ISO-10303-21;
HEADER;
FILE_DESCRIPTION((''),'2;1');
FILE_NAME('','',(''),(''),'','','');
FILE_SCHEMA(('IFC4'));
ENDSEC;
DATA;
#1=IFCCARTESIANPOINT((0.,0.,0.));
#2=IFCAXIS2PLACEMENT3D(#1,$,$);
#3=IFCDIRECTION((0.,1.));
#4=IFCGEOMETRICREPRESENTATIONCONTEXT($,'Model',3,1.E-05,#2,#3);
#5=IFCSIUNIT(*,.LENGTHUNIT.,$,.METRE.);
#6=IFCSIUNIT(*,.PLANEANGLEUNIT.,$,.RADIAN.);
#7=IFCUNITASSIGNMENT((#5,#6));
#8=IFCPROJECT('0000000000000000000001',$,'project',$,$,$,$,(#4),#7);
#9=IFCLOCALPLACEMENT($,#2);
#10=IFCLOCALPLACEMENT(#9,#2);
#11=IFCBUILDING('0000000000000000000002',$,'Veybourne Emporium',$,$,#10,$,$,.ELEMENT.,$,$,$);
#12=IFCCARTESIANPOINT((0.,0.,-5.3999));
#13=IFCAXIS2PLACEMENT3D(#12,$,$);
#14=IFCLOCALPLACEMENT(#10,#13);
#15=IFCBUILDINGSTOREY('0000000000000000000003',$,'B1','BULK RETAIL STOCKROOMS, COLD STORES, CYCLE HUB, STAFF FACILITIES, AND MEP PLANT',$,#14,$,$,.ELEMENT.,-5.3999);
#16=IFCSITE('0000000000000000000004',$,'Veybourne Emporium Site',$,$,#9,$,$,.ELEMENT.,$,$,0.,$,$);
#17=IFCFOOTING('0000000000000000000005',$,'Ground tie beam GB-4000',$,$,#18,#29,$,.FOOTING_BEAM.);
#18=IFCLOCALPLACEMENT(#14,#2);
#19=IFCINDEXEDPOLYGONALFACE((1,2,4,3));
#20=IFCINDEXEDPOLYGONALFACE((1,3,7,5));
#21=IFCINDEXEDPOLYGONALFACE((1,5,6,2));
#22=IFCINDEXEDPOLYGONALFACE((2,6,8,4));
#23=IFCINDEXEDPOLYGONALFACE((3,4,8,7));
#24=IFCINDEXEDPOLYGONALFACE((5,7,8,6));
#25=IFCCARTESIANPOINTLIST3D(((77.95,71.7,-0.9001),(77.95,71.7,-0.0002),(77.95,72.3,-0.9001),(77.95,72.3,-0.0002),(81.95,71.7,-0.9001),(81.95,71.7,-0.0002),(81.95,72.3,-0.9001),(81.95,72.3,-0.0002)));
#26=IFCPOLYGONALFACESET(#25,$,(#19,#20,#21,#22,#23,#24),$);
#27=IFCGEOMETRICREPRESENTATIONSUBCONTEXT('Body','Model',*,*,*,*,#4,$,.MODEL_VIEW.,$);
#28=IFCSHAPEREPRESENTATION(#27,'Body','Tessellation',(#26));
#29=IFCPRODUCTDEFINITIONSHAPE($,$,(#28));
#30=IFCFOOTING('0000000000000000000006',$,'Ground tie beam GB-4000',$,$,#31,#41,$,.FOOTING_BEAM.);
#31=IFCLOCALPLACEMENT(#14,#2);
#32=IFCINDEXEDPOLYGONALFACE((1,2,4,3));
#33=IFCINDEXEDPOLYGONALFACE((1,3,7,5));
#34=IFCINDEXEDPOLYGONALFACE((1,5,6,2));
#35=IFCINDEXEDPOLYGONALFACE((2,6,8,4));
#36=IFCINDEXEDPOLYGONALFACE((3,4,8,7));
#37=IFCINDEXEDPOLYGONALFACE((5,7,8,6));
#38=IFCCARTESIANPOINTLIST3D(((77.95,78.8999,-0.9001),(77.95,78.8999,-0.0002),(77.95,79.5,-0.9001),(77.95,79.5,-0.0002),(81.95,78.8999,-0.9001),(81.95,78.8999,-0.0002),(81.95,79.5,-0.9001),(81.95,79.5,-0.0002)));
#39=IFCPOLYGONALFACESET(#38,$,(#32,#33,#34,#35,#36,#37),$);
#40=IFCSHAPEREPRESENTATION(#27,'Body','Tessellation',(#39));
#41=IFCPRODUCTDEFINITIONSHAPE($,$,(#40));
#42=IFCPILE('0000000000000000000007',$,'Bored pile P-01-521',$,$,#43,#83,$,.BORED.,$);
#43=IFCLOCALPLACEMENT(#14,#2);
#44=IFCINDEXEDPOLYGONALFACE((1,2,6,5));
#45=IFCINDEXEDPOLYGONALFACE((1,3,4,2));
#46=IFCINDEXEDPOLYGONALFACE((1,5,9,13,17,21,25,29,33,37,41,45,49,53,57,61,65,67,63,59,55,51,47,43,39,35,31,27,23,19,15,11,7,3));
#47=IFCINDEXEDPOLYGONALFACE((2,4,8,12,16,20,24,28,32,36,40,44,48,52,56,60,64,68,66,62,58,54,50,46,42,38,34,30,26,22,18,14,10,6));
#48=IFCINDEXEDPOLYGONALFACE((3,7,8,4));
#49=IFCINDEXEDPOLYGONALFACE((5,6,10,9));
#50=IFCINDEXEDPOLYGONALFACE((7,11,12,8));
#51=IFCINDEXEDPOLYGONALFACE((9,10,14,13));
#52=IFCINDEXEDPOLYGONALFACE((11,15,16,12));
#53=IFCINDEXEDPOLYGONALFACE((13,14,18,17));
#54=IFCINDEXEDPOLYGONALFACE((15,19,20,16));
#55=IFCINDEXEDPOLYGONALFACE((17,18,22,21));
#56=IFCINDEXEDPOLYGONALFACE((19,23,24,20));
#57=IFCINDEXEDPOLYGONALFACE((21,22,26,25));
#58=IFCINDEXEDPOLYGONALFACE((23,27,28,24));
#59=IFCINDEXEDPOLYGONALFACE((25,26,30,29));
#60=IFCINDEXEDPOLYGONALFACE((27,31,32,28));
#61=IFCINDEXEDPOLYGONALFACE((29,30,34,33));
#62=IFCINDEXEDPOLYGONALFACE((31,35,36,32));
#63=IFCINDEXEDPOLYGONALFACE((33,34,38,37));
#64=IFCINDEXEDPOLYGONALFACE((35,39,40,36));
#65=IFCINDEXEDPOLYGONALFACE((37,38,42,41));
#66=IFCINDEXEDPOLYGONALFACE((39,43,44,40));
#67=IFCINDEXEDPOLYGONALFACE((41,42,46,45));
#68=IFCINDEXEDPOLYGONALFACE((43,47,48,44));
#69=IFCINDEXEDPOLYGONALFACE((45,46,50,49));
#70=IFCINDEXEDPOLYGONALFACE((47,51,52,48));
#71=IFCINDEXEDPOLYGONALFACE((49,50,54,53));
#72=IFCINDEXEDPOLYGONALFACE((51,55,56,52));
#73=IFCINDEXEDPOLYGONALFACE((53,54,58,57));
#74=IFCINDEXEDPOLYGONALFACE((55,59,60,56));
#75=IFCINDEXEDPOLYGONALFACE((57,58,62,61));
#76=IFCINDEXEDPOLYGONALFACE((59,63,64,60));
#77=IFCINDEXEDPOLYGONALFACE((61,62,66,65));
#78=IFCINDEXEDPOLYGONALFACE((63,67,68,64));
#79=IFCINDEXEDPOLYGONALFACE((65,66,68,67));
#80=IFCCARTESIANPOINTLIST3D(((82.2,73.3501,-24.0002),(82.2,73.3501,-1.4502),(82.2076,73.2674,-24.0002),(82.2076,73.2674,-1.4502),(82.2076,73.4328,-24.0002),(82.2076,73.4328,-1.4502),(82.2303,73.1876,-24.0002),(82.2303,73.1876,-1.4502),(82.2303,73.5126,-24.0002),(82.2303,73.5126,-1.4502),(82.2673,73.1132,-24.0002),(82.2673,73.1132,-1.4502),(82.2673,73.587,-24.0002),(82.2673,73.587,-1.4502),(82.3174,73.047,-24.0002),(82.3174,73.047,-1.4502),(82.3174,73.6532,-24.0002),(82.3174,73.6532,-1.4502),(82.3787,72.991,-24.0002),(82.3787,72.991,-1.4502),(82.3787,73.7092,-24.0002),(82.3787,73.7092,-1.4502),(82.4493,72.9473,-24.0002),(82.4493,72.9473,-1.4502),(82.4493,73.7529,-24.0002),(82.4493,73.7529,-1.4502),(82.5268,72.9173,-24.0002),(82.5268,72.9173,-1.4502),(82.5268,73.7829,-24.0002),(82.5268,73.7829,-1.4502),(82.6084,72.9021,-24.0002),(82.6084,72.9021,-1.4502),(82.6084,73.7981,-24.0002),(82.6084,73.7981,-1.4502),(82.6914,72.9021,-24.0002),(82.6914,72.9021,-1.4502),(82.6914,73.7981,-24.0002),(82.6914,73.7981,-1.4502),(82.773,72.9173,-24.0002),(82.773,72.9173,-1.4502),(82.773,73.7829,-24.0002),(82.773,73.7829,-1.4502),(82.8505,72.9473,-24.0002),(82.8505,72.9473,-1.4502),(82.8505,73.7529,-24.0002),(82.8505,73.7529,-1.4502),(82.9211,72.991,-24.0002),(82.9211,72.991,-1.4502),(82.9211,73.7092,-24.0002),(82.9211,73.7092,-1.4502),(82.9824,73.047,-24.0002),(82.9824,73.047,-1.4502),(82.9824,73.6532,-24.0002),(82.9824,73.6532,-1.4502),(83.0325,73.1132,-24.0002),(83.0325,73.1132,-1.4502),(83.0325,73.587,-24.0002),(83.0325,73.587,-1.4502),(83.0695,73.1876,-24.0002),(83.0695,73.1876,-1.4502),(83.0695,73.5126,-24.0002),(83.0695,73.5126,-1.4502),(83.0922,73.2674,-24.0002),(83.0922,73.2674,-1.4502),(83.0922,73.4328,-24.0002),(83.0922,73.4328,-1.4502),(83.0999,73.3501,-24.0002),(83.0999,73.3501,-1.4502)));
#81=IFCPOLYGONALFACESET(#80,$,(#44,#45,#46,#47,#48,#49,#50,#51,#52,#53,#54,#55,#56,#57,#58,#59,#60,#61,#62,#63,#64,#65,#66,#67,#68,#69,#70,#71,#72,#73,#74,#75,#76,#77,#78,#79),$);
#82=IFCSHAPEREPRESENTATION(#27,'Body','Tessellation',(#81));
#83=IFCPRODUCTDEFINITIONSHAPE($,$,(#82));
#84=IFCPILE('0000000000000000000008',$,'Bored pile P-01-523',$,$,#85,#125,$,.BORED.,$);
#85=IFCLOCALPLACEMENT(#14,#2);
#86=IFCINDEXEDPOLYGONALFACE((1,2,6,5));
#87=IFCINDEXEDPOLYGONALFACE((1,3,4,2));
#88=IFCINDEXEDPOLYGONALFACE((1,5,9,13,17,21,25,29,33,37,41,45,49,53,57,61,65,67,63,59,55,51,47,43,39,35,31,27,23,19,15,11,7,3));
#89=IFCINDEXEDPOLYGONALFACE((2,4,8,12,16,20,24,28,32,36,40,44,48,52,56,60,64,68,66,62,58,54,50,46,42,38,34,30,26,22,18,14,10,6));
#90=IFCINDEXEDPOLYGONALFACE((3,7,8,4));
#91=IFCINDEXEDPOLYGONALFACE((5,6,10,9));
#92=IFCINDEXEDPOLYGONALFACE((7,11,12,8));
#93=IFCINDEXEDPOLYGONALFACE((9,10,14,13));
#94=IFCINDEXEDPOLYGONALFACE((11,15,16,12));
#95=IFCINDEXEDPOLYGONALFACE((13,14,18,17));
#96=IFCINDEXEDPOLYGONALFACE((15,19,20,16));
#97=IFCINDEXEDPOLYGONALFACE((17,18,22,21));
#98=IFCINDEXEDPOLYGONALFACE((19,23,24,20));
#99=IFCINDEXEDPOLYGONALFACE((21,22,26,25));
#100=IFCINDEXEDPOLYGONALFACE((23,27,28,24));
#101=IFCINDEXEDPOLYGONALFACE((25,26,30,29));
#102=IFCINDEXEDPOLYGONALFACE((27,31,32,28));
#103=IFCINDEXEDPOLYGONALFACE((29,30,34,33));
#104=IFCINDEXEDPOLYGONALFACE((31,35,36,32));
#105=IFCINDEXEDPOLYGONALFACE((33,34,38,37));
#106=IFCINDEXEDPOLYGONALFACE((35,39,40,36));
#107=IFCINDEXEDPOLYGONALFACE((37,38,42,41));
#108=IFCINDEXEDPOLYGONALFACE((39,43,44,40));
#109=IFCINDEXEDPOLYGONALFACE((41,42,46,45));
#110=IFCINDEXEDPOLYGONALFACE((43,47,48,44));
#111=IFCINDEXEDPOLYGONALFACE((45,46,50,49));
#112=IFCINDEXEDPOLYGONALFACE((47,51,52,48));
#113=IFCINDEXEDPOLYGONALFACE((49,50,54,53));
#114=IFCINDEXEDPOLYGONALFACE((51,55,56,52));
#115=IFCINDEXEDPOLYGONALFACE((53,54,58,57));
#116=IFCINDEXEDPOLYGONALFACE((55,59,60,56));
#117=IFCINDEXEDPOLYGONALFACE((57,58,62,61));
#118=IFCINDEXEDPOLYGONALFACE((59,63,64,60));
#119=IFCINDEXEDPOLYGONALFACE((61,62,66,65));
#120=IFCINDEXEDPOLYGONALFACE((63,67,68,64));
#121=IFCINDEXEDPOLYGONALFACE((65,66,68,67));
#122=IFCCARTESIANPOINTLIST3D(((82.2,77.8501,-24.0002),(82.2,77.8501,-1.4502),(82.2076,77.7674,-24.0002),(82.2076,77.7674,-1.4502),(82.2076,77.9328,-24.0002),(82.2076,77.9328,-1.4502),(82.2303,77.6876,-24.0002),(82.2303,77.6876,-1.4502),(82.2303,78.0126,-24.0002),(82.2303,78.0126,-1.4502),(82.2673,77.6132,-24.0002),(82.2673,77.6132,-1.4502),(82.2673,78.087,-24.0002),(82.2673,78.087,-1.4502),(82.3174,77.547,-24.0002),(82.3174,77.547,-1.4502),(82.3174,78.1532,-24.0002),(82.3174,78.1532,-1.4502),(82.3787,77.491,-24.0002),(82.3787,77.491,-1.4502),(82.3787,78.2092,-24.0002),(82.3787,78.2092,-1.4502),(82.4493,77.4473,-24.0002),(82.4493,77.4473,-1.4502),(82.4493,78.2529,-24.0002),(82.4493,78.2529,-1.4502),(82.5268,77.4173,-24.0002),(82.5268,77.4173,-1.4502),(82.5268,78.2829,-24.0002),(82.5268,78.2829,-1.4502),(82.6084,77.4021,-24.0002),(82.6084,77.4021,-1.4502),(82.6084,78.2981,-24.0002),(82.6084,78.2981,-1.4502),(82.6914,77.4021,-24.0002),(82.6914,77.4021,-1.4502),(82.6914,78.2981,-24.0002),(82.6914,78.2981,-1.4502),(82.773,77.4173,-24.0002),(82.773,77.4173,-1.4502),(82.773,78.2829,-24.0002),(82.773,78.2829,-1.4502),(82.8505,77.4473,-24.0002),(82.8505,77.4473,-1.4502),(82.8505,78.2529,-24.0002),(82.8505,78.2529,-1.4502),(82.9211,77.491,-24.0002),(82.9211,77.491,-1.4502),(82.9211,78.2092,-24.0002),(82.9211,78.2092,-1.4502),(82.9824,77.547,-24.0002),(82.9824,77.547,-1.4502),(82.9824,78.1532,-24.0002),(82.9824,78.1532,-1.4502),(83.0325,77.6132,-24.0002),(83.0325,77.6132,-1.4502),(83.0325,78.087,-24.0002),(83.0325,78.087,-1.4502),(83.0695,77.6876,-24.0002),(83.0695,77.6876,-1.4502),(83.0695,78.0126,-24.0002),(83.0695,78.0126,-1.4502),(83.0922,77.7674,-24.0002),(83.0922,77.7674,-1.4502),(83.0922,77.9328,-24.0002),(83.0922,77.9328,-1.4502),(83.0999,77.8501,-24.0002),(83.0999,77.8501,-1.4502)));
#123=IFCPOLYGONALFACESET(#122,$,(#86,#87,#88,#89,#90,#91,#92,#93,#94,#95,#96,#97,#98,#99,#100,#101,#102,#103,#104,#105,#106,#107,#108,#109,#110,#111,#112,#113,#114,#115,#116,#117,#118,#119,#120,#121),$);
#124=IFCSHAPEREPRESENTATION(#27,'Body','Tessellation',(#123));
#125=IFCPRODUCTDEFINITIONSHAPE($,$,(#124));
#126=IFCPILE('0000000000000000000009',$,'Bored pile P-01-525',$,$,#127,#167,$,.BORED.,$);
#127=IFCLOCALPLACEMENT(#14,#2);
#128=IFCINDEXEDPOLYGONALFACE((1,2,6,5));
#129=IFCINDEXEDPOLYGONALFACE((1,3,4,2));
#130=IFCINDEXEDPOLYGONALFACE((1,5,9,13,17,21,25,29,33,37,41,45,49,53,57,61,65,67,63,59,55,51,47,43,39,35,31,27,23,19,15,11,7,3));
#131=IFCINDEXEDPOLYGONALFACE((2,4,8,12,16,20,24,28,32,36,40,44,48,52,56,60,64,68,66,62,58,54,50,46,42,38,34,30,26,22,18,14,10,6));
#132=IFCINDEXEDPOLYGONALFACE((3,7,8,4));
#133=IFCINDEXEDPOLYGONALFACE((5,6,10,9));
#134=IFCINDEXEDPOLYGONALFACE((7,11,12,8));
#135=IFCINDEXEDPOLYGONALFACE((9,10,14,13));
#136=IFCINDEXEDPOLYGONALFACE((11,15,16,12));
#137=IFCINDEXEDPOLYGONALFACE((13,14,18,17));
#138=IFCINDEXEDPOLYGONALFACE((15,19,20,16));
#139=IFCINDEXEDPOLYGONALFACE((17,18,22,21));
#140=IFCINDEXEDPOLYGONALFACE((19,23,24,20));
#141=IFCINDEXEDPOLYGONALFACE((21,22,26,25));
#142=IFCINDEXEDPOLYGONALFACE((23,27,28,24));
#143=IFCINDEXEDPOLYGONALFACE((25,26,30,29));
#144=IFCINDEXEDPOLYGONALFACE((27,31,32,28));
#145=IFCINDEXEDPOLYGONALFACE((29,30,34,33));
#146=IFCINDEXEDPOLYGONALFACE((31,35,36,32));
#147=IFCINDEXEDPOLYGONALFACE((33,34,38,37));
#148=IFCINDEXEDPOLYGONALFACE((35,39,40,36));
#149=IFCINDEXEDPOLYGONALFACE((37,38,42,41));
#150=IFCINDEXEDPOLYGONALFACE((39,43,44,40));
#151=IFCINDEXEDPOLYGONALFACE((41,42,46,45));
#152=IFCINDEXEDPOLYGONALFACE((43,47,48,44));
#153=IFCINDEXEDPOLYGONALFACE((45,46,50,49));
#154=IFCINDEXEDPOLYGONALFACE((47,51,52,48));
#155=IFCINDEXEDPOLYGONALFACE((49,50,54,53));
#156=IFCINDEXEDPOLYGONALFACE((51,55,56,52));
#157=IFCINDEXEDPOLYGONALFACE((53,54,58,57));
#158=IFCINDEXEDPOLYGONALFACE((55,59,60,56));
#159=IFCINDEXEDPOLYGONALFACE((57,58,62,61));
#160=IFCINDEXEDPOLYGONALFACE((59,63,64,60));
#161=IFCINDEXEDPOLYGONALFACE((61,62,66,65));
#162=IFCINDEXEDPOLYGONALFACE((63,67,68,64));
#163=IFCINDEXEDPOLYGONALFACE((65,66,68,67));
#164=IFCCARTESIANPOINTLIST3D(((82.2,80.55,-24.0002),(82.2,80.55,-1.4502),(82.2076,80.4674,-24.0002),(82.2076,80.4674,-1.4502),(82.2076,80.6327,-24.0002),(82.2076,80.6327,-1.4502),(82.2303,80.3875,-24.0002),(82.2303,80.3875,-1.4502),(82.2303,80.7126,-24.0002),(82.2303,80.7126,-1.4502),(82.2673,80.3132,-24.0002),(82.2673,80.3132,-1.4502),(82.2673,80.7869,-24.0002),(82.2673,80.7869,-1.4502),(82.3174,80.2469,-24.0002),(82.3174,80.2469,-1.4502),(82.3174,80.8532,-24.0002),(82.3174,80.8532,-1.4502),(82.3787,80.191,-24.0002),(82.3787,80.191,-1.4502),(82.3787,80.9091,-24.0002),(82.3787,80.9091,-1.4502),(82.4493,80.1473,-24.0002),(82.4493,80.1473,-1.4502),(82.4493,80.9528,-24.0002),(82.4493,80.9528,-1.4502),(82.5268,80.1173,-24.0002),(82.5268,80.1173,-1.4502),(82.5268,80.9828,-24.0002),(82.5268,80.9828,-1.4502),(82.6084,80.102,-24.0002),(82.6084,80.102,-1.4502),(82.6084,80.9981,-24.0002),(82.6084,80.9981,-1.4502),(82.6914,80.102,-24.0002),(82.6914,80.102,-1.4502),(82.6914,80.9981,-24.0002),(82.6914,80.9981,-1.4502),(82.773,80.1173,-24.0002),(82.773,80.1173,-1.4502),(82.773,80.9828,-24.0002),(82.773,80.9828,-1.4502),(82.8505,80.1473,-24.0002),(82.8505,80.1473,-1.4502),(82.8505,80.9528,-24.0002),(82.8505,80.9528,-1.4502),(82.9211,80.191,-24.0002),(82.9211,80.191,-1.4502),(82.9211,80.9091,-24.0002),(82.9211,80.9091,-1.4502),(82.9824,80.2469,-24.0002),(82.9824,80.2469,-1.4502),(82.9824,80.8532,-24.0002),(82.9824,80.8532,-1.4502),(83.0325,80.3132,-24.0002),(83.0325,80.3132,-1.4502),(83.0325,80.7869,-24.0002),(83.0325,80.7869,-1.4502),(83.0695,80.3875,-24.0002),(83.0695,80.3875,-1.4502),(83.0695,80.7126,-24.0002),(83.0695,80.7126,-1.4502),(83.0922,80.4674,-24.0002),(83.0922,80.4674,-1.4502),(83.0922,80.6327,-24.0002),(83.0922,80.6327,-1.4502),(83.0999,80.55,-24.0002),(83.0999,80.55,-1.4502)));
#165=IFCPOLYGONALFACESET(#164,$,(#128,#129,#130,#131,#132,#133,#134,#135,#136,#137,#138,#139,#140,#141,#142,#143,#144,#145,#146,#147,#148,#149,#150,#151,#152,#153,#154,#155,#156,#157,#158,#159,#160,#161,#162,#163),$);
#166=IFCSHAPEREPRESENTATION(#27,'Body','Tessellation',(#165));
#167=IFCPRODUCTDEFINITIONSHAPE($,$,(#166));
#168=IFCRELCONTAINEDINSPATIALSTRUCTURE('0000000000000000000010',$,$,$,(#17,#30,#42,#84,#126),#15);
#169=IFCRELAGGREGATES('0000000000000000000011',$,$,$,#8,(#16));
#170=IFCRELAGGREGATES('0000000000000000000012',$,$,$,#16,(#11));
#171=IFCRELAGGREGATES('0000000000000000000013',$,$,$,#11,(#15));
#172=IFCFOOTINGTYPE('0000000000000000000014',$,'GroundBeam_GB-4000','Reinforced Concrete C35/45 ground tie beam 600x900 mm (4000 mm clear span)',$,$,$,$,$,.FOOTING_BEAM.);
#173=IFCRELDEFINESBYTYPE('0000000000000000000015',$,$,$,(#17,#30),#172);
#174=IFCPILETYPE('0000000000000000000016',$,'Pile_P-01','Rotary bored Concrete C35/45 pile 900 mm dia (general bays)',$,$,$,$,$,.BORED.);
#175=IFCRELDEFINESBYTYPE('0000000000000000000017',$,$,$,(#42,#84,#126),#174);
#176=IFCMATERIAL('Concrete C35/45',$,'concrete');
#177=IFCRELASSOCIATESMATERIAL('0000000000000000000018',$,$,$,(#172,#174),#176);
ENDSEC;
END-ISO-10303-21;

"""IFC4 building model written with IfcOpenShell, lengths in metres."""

from ifc_helpers import new_model, si_unit, direction, frame, origin, origin_2d, place, context, subcontext, project, spatial, rectangle, circle, extrude, material, material_profile, profile_set, type_object, element, save


model = new_model("IFC4")

# Units and contexts
model_context = context("Model", 3, precision=1e-05, world=origin(), true_north=direction((0.0, 1.0)))
body_context = subcontext(model_context, "Body", "Model", "MODEL_VIEW")
ifc_project = project(units=[si_unit("LENGTHUNIT", "METRE"), si_unit("PLANEANGLEUNIT", "RADIAN")], contexts=[model_context])

# Site, building, storey
site_placement = place(None, origin())
site = spatial("IfcSite", under=ifc_project, at=site_placement, Name="Veybourne Emporium Site", CompositionType="ELEMENT", RefElevation=0.0)
building_placement = place(site_placement, origin())
building = spatial("IfcBuilding", under=site, at=building_placement, Name="Veybourne Emporium", CompositionType="ELEMENT")
storey_placement = place(building_placement, frame((0.0, 0.0, -5.3999)))
storey = spatial("IfcBuildingStorey", under=building, at=storey_placement, Name="B1", Description="BULK RETAIL STOCKROOMS, COLD STORES, CYCLE HUB, STAFF FACILITIES, AND MEP PLANT", CompositionType="ELEMENT", Elevation=-5.3999)

# Footings
ifc_material_1 = material(Name="Concrete C35/45", Category="concrete")
footing_type_1 = type_object("IfcFootingType", Name="GroundBeam_GB-4000", Description="Reinforced Concrete C35/45 ground tie beam 600x900 mm (4000 mm clear span)", PredefinedType="FOOTING_BEAM", material=ifc_material_1)
for number, where, z_axis, x_axis, name in (
    (1, (79.95, 72.0, -0.9001), (0.0, 0.0, 1.0), (1.0, 0.0, 0.0), "Ground tie beam GB-4000"),
    (2, (79.95, 79.2, -0.9001), (0.0, 0.0, 1.0), (1.0, 0.0, 0.0), "Ground tie beam GB-4000"),
):
    element("IfcFooting", number, at=place(storey_placement, frame(where, z_axis=z_axis, x_axis=x_axis)), inside=storey, type_object=footing_type_1, Name=name, PredefinedType="FOOTING_BEAM", context=body_context, shape_type="SweptSolid", body=[
        extrude(rectangle(XDim=4.0, YDim=0.6001, at=origin_2d()), origin(), (0.0, 0.0, 1.0), 0.8999),
    ])

# Piles
ifc_material_profile_1 = material_profile(ifc_material_1, circle(Radius=0.45, at=origin_2d()), Name="BORED PILE 900")
ifc_profile_set_1 = profile_set([ifc_material_profile_1], Name="Concrete C35/45")
pile_type_1 = type_object("IfcPileType", Name="Pile_P-01", Description="Rotary bored Concrete C35/45 pile 900 mm dia (general bays)", PredefinedType="BORED", material=ifc_profile_set_1)
for number, where, z_axis, x_axis, name in (
    (3, (82.6499, 73.3501, -1.4502), (0.0, 0.0, -1.0), (1.0, 0.0, 0.0), "Bored pile P-01-521"),
    (4, (82.6499, 77.8501, -1.4502), (0.0, 0.0, -1.0), (1.0, 0.0, 0.0), "Bored pile P-01-523"),
    (5, (82.6499, 80.55, -1.4502), (0.0, 0.0, -1.0), (1.0, 0.0, 0.0), "Bored pile P-01-525"),
):
    element("IfcPile", number, at=place(storey_placement, frame(where, z_axis=z_axis, x_axis=x_axis)), inside=storey, type_object=pile_type_1, Name=name, PredefinedType="BORED", context=body_context, shape_type="SweptSolid", body=[
        extrude(circle(Radius=0.45, at=origin_2d()), origin(), (0.0, 0.0, 1.0), 22.55),
    ])

save(model, "model.ifc")
